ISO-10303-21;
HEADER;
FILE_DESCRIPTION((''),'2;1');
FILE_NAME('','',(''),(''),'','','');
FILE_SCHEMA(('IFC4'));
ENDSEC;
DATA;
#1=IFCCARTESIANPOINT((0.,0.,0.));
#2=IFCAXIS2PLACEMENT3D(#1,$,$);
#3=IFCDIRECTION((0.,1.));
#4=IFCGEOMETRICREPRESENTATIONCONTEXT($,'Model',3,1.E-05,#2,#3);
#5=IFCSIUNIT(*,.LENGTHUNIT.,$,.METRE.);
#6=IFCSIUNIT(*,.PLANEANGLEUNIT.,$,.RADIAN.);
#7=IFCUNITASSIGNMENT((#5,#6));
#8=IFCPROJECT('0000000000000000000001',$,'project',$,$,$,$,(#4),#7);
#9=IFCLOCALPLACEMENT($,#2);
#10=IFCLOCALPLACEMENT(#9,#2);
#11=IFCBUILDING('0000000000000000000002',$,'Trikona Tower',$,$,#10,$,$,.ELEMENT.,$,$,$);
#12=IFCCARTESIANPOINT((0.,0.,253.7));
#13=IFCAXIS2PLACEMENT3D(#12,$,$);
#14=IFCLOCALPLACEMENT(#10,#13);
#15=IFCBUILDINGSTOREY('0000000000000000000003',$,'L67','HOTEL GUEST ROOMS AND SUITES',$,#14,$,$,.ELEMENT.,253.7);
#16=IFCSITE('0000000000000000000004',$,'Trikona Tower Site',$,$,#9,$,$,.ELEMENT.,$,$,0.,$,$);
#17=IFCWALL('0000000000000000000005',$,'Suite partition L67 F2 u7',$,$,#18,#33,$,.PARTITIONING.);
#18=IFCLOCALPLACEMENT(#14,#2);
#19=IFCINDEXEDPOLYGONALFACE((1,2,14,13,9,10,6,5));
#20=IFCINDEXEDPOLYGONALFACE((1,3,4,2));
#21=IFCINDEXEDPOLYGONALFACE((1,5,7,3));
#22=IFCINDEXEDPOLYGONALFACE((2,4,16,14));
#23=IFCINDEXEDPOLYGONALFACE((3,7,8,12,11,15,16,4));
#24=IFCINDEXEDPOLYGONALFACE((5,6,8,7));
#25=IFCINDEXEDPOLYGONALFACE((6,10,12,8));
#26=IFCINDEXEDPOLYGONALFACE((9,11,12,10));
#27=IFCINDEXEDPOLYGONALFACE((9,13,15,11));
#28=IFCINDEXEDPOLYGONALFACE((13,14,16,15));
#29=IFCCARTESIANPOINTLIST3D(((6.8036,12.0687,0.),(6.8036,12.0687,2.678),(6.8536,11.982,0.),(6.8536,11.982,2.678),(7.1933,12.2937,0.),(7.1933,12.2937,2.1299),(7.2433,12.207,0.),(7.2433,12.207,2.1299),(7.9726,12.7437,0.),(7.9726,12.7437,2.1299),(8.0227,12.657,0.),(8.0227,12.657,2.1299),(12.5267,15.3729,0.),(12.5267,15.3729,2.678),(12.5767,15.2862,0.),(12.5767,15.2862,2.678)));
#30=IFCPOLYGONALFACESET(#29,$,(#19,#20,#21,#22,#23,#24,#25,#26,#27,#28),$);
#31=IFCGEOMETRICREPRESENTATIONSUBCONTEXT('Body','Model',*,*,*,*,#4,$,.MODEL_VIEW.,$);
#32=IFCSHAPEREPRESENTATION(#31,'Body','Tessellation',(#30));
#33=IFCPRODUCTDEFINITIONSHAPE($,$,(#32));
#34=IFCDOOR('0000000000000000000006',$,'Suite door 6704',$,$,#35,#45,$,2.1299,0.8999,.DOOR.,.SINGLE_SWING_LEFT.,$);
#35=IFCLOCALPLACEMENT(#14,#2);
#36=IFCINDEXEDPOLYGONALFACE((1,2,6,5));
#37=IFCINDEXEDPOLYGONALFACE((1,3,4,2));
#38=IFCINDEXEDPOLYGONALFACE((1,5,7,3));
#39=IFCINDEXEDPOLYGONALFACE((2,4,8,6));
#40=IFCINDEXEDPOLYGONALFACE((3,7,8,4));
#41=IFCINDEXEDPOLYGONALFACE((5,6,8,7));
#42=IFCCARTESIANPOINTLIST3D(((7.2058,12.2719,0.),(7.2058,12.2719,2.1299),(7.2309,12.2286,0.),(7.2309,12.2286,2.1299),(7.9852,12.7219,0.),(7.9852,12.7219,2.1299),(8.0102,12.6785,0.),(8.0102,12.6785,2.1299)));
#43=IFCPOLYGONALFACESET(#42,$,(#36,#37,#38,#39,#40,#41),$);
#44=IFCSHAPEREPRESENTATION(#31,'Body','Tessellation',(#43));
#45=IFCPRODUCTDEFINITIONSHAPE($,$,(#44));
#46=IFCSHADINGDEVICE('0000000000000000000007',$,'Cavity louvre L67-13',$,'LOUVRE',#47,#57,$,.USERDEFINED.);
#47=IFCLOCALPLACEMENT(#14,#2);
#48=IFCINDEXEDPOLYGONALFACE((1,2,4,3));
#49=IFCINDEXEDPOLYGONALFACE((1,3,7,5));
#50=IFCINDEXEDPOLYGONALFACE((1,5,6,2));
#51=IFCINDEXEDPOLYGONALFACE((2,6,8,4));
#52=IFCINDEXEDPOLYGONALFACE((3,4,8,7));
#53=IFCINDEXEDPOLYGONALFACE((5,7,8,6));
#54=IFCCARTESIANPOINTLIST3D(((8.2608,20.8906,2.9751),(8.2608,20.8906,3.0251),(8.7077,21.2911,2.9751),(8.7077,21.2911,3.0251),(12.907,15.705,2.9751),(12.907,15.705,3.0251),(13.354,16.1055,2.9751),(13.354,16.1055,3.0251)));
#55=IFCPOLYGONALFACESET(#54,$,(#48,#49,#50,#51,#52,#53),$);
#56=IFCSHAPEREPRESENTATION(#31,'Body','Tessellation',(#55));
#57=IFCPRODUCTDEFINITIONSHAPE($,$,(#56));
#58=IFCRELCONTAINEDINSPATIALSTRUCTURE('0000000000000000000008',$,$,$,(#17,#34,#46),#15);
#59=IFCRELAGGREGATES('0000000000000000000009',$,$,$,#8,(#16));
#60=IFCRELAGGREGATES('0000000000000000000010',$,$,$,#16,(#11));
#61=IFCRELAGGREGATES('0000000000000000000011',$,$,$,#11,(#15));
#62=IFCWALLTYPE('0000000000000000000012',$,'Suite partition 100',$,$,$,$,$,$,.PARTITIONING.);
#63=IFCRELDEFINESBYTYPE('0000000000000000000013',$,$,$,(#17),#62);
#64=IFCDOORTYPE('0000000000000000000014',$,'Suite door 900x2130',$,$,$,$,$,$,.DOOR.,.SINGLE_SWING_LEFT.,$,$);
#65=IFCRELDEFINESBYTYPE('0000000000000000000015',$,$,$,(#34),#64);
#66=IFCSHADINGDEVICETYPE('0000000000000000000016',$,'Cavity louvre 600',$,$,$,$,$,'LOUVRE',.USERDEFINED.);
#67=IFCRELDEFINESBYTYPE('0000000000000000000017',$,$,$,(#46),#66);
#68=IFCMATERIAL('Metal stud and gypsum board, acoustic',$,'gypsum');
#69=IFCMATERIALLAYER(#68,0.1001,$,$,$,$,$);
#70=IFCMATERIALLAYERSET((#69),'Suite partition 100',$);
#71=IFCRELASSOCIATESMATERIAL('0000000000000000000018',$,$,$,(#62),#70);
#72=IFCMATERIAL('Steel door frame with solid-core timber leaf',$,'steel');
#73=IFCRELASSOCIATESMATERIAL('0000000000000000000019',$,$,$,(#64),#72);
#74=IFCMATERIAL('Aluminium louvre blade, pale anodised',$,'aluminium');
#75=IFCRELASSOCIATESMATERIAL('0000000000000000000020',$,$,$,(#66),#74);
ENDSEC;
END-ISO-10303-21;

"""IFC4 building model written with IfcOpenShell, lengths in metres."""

from ifc_helpers import new_model, si_unit, direction, frame, frame_2d, origin, origin_2d, place, context, subcontext, project, spatial, rectangle, extrude, material, layer, layer_set, type_object, element, fill, save


model = new_model("IFC4")

# Units and contexts
model_context = context("Model", 3, precision=1e-05, world=origin(), true_north=direction((0.0, 1.0)))
body_context = subcontext(model_context, "Body", "Model", "MODEL_VIEW")
ifc_project = project(units=[si_unit("LENGTHUNIT", "METRE"), si_unit("PLANEANGLEUNIT", "RADIAN")], contexts=[model_context])

# Site, building, storey
site_placement = place(None, origin())
site = spatial("IfcSite", under=ifc_project, at=site_placement, Name="Trikona Tower Site", CompositionType="ELEMENT", RefElevation=0.0)
building_placement = place(site_placement, origin())
building = spatial("IfcBuilding", under=site, at=building_placement, Name="Trikona Tower", CompositionType="ELEMENT")
storey_placement = place(building_placement, frame((0.0, 0.0, 253.7)))
storey = spatial("IfcBuildingStorey", under=building, at=storey_placement, Name="L67", Description="HOTEL GUEST ROOMS AND SUITES", CompositionType="ELEMENT", Elevation=253.7)

# Wall, opening, door
ifc_material_1 = material(Name="Metal stud and gypsum board, acoustic", Category="gypsum")
ifc_layer_1 = layer(ifc_material_1, 0.1001)
ifc_layer_set_1 = layer_set([ifc_layer_1], Name="Suite partition 100")
wall_type_1 = type_object("IfcWallType", Name="Suite partition 100", PredefinedType="PARTITIONING", material=ifc_layer_set_1)
wall_1_placement = place(storey_placement, frame((6.8286, 12.0254, 0.0), z_axis=(0.0, 0.0, 1.0), x_axis=(0.866029, 0.499993, 0.0)))
wall_1 = element("IfcWall", 1, at=wall_1_placement, inside=storey, type_object=wall_type_1, Name="Suite partition L67 F2 u7", PredefinedType="PARTITIONING", context=body_context, shape_type="SweptSolid", body=[
    extrude(rectangle(XDim=6.6084, YDim=0.1001, at=frame_2d((3.3042, 0.0))), origin(), (0.0, 0.0, 1.0), 2.678),
])
opening_1_placement = place(wall_1_placement, frame((0.45, 0.0, 0.0)))
opening_1 = element("IfcOpeningElement", 2, at=opening_1_placement, cuts=wall_1, PredefinedType="OPENING", context=body_context, shape_type="SweptSolid", body=[
    extrude(rectangle(XDim=0.8999, YDim=2.1299, at=frame_2d((0.45, 1.0649))), frame((0.0, 0.0601, 0.0), z_axis=(0.0, -1.0, 0.0), x_axis=(1.0, 0.0, 0.0)), (0.0, 0.0, 1.0), 0.1201),
])
ifc_material_2 = material(Name="Steel door frame with solid-core timber leaf", Category="steel")
door_type = type_object("IfcDoorType", Name="Suite door 900x2130", OperationType="SINGLE_SWING_LEFT", PredefinedType="DOOR", material=ifc_material_2)
door_placement = place(opening_1_placement, origin())
door = element("IfcDoor", 3, at=door_placement, inside=storey, type_object=door_type, Name="Suite door 6704", OperationType="SINGLE_SWING_LEFT", OverallHeight=2.1299, OverallWidth=0.8999, PredefinedType="DOOR", context=body_context, shape_type="SweptSolid", body=[
    extrude(rectangle(XDim=0.8999, YDim=2.1299, at=frame_2d((0.45, 1.0649))), frame((0.0, 0.0249, 0.0), z_axis=(0.0, -1.0, 0.0), x_axis=(1.0, 0.0, 0.0)), (0.0, 0.0, 1.0), 0.05),
])
fill(opening_1, door)

# Shading device
ifc_material_3 = material(Name="Aluminium louvre blade, pale anodised", Category="aluminium")
shading_device_type = type_object("IfcShadingDeviceType", Name="Cavity louvre 600", ElementType="LOUVRE", PredefinedType="USERDEFINED", material=ifc_material_3)
shading_device_placement = place(storey_placement, frame((10.8074, 18.498, 2.9751), z_axis=(0.0, 0.0, 1.0), x_axis=(-0.667311, 0.744779, 0.0)))
element("IfcShadingDevice", 4, at=shading_device_placement, inside=storey, type_object=shading_device_type, Name="Cavity louvre L67-13", ObjectType="LOUVRE", PredefinedType="USERDEFINED", context=body_context, shape_type="SweptSolid", body=[
    extrude(rectangle(XDim=6.9626, YDim=0.6001, at=origin_2d()), origin(), (0.0, 0.0, 1.0), 0.05),
])

save(model, "model.ifc")
